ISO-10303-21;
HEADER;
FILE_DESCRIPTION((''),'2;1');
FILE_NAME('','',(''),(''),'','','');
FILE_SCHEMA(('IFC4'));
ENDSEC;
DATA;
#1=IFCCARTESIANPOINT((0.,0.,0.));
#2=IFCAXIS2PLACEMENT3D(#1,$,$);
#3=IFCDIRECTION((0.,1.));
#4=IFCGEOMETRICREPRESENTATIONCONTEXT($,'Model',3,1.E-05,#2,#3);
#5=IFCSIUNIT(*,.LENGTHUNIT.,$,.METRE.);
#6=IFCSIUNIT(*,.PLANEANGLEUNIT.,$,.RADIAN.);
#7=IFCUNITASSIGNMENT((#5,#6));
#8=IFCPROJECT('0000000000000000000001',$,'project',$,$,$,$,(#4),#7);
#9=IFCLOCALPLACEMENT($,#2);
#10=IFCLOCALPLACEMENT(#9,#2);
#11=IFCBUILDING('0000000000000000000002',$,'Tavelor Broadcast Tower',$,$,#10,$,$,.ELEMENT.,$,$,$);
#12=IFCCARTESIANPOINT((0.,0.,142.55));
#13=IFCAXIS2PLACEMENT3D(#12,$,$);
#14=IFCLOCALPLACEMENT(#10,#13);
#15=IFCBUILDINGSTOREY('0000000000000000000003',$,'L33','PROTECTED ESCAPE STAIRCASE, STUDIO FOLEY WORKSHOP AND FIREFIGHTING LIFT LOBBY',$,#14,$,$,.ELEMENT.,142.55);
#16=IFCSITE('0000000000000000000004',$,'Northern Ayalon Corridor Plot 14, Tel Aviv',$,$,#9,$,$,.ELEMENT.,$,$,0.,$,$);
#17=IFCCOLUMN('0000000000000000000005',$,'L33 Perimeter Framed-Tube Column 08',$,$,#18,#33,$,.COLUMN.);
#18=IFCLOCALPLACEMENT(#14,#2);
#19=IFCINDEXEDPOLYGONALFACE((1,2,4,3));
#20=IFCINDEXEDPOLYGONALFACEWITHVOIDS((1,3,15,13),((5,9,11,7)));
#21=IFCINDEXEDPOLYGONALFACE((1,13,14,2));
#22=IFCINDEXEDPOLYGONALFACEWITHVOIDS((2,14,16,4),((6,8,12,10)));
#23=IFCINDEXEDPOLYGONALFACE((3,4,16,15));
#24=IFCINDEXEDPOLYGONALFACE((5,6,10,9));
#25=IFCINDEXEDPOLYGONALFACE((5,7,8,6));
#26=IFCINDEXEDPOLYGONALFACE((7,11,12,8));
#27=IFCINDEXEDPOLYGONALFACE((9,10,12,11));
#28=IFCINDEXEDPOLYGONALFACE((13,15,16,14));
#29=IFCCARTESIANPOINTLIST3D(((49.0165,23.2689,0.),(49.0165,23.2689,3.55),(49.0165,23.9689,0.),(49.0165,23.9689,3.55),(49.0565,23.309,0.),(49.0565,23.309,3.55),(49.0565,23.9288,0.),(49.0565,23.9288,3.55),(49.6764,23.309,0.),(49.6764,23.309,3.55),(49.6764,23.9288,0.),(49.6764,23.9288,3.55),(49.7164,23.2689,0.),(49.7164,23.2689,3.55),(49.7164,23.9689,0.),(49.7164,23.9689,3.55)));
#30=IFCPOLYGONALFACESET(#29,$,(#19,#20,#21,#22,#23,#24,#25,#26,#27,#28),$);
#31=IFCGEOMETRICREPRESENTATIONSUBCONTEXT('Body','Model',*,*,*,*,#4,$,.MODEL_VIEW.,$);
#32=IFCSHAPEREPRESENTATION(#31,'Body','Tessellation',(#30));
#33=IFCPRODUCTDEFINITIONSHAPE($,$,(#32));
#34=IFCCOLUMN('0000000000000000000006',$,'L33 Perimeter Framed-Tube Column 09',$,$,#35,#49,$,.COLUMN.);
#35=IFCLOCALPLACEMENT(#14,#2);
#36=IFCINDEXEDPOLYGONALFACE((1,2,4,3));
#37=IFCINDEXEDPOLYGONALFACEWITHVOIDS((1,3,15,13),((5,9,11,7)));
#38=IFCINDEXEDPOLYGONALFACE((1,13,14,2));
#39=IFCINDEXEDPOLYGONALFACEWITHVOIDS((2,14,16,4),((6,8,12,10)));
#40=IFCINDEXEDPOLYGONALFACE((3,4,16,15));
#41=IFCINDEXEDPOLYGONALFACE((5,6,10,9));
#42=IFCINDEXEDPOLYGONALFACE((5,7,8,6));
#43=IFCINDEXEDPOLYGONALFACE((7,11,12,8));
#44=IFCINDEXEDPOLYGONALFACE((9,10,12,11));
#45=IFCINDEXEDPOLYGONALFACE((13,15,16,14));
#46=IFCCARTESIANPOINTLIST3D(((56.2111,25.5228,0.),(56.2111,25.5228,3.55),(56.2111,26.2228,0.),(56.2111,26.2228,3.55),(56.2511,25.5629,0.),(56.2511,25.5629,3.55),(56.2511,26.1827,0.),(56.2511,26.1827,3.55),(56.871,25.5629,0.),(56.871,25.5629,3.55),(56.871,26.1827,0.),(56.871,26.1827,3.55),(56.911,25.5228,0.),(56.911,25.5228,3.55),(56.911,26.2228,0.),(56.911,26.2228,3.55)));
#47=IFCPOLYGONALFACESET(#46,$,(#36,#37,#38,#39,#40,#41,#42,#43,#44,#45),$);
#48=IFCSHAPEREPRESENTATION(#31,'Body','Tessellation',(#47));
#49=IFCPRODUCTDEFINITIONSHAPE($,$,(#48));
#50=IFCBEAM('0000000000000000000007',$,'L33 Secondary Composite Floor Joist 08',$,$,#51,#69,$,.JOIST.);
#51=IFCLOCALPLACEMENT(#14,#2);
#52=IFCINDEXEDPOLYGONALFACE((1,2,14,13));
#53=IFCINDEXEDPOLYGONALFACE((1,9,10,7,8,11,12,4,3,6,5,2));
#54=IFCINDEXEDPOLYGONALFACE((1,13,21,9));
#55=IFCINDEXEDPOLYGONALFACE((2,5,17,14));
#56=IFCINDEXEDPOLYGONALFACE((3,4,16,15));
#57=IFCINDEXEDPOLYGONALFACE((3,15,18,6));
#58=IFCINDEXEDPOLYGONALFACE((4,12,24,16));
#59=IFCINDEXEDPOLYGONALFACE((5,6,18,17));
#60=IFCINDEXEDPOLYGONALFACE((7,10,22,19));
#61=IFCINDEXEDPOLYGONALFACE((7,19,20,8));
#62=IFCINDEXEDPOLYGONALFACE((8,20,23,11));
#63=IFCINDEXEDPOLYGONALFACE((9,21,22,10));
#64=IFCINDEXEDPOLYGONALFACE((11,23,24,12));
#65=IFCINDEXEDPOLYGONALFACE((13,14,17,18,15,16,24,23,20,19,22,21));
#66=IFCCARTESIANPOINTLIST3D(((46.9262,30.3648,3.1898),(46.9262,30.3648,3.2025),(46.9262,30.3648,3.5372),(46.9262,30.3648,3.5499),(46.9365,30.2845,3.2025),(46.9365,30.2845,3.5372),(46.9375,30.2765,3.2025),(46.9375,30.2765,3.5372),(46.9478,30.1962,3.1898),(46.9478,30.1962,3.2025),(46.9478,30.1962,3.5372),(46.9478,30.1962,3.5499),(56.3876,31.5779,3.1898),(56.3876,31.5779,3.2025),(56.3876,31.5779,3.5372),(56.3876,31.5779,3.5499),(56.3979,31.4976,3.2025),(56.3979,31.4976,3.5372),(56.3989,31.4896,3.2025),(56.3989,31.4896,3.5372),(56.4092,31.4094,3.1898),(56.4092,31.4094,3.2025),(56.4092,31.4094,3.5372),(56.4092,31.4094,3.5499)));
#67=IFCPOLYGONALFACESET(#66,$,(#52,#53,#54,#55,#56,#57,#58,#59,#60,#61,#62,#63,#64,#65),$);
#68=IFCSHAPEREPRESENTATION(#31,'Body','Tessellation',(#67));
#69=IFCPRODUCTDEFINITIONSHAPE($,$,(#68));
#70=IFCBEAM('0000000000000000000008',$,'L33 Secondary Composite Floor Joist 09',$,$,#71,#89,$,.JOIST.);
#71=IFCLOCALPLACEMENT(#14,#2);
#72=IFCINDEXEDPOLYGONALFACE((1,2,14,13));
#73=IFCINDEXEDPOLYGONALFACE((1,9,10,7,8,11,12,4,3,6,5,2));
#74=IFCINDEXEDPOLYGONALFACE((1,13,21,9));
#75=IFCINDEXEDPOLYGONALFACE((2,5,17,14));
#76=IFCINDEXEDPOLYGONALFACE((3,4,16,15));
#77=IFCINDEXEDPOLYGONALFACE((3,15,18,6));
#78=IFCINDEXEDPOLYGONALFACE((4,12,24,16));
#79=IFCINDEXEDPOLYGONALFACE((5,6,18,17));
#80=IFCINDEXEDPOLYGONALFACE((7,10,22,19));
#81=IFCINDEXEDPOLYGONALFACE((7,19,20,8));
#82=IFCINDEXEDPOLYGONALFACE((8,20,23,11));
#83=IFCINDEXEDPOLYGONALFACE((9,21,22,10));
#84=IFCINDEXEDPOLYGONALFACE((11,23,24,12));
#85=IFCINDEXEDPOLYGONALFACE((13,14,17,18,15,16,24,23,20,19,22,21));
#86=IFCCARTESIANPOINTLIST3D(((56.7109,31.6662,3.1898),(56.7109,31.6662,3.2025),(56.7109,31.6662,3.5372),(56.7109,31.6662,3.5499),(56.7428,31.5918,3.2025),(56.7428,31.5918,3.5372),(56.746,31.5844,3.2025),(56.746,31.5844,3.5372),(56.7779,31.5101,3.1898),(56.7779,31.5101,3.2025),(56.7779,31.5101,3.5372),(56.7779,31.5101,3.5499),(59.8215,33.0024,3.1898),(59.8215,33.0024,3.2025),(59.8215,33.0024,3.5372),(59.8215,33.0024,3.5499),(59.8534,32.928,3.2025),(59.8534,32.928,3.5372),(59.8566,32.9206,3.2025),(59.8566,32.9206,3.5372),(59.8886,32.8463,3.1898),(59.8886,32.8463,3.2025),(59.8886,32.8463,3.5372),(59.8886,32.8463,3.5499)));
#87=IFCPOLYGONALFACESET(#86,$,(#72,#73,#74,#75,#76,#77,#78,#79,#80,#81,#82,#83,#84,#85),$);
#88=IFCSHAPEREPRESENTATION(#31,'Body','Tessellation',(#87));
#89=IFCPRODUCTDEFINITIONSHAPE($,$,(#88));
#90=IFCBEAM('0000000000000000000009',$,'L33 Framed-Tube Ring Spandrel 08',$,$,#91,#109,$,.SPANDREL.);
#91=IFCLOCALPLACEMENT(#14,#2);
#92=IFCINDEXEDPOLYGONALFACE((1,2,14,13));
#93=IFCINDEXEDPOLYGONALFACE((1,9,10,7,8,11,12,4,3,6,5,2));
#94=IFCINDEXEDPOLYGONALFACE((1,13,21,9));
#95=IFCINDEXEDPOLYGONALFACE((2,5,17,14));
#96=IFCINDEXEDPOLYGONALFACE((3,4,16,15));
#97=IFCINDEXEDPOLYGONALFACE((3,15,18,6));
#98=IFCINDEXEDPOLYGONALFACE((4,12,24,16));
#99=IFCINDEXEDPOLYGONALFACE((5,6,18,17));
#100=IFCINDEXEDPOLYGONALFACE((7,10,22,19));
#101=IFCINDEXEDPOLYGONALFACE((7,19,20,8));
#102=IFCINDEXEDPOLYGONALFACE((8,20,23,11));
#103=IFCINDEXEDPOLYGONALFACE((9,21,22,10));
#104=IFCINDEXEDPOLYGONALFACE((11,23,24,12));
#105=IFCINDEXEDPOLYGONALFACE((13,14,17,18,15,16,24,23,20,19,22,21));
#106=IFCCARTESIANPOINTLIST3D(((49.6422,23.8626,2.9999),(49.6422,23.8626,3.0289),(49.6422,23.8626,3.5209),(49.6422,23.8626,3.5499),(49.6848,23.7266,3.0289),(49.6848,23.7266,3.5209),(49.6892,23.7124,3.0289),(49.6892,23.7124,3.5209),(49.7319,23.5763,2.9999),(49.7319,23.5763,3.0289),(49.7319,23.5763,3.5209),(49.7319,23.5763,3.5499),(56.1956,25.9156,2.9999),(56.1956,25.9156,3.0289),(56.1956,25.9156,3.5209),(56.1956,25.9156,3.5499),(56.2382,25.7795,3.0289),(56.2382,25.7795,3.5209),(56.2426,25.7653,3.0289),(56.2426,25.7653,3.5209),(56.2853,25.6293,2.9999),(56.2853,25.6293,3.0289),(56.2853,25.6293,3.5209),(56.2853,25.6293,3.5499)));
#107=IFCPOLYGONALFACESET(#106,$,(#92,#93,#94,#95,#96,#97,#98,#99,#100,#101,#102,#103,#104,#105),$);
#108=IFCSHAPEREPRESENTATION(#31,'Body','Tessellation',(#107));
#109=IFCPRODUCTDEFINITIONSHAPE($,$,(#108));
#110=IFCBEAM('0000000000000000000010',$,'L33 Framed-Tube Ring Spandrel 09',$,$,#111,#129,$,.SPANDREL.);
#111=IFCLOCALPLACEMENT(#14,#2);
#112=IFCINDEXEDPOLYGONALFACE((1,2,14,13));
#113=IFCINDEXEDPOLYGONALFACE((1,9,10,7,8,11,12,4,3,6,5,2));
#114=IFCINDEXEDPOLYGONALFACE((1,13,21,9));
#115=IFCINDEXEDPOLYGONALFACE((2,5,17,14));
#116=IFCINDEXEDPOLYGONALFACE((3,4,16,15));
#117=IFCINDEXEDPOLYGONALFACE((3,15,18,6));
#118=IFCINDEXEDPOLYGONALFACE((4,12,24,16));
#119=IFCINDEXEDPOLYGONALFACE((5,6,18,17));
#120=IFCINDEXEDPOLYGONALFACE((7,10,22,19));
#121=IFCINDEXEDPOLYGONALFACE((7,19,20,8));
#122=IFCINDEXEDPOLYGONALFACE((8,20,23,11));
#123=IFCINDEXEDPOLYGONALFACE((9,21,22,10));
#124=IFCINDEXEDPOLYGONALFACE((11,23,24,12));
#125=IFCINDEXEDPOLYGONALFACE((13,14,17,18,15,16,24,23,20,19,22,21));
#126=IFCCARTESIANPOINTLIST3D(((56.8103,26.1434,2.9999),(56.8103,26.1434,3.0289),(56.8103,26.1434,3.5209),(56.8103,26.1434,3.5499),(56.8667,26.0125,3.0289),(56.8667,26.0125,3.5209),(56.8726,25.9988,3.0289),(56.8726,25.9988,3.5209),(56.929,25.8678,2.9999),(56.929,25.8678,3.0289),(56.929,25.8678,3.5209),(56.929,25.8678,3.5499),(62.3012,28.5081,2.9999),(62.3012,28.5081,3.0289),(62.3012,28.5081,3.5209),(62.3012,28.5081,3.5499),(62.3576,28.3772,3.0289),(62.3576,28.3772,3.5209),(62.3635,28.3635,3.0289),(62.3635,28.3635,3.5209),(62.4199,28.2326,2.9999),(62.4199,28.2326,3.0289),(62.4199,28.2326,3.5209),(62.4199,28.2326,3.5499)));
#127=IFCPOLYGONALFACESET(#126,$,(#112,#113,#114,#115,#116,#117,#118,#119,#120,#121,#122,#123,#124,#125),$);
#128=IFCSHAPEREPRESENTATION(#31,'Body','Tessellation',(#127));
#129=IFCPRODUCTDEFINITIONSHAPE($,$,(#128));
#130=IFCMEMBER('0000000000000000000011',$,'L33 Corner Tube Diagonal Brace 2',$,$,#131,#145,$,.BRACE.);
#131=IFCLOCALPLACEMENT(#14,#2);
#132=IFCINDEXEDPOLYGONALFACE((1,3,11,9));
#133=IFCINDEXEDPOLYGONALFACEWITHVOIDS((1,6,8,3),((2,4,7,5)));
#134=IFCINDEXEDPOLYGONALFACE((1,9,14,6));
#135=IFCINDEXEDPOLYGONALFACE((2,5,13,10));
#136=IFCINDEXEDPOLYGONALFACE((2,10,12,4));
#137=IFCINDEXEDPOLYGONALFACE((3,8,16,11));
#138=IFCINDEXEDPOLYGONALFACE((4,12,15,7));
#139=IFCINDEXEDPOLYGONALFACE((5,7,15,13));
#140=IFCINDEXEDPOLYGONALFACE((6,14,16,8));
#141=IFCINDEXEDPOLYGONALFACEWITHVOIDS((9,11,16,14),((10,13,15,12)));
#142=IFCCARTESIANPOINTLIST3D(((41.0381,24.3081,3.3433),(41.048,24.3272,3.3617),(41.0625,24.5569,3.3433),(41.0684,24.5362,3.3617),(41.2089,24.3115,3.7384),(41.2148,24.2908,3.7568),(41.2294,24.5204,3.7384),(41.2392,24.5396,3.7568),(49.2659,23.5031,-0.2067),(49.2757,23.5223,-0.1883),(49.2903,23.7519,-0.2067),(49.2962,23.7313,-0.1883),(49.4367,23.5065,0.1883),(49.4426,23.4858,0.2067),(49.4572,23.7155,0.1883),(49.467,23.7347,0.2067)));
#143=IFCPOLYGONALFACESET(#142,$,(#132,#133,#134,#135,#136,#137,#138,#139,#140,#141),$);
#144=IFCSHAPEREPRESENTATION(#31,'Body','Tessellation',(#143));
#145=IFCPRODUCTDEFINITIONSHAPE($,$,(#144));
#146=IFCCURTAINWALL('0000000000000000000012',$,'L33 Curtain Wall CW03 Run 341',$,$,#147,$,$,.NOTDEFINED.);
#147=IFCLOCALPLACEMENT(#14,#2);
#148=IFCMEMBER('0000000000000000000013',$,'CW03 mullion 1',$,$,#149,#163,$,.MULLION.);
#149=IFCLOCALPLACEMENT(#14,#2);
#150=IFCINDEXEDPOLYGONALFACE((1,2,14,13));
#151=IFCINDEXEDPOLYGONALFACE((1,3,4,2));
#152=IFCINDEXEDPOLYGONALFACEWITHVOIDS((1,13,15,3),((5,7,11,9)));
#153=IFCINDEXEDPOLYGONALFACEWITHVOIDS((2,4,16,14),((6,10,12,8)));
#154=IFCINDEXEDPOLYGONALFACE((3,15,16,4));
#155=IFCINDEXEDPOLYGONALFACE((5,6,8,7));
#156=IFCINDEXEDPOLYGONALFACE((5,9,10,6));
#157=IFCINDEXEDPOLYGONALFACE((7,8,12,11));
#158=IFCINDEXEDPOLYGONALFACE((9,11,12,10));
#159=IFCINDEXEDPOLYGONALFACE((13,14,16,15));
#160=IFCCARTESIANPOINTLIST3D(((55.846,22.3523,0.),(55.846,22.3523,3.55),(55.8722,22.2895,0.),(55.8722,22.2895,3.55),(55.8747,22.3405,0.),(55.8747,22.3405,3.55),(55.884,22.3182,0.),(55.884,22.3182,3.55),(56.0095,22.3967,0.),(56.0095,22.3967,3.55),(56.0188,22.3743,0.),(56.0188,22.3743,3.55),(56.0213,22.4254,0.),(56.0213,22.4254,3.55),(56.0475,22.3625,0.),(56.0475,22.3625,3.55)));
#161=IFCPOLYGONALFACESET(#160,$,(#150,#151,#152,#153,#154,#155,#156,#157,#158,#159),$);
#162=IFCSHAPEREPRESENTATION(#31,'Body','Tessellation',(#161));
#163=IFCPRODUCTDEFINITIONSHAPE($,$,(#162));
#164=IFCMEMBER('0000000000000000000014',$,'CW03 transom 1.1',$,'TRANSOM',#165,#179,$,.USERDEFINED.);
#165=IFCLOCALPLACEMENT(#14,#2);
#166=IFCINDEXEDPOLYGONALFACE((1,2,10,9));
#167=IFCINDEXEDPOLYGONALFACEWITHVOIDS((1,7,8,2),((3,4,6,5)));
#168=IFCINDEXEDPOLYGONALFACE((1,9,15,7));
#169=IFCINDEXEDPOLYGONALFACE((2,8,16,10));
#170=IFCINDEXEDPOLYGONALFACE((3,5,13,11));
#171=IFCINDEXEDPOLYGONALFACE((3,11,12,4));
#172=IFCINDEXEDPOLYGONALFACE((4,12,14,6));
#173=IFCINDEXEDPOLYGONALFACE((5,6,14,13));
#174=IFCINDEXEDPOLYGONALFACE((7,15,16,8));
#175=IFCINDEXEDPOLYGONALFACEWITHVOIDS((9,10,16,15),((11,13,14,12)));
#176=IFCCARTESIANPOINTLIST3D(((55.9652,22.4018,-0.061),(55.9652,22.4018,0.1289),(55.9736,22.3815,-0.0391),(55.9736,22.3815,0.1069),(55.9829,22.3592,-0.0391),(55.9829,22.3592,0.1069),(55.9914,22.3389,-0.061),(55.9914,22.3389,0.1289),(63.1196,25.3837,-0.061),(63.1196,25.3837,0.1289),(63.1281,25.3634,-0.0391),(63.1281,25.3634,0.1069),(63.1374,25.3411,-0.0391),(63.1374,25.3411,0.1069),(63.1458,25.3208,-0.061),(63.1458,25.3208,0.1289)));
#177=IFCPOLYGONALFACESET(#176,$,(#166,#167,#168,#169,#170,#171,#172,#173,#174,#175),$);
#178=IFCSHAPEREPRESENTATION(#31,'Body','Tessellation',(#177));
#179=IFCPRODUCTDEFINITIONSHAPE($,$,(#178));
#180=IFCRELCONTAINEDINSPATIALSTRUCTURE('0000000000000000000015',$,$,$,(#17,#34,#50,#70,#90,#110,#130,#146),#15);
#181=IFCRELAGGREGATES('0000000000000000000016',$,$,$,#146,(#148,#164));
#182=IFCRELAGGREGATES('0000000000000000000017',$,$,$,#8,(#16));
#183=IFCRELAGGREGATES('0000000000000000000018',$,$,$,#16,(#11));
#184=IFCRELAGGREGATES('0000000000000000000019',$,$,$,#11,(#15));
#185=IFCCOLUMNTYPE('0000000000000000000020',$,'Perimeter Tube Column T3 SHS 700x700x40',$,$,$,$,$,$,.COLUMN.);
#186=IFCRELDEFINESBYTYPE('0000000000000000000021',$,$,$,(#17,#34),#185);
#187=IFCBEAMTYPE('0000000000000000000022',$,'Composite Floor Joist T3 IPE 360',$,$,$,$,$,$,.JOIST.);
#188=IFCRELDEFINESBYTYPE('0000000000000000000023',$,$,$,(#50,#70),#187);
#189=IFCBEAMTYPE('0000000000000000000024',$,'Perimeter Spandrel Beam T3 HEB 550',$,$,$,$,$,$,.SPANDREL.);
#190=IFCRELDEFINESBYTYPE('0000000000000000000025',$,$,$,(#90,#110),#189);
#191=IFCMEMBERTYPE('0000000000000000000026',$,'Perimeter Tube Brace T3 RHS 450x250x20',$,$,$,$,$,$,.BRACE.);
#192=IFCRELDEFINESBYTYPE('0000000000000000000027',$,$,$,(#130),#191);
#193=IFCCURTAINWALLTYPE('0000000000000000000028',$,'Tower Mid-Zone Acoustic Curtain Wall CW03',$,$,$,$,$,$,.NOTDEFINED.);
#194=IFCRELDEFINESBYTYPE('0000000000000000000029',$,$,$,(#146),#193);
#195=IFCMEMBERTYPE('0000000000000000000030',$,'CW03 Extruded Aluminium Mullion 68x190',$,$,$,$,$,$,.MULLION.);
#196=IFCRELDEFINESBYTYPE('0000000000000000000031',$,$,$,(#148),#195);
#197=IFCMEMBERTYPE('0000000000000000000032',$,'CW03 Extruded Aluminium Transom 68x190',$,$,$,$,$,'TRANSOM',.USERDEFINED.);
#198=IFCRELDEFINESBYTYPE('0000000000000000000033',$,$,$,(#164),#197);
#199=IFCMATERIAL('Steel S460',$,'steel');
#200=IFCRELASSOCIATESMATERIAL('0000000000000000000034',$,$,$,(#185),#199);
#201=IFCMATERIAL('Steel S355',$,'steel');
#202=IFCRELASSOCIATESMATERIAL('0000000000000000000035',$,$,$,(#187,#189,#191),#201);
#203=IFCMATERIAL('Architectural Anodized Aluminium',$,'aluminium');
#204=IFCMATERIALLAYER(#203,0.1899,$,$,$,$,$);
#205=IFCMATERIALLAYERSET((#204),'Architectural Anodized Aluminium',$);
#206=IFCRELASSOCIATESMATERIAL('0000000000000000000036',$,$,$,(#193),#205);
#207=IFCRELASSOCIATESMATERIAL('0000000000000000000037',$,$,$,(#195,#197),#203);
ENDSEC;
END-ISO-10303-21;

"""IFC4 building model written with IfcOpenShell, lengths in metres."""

from ifc_helpers import new_model, si_unit, direction, frame, origin, origin_2d, place, context, subcontext, project, spatial, hollow_rectangle, i_section, extrude, source, transform, mapped, material, layer, layer_set, material_profile, profile_set, type_object, type_shapes, element, aggregate, save


model = new_model("IFC4")

# Units and contexts
model_context = context("Model", 3, precision=1e-05, world=origin(), true_north=direction((0.0, 1.0)))
body_context = subcontext(model_context, "Body", "Model", "MODEL_VIEW")
ifc_project = project(units=[si_unit("LENGTHUNIT", "METRE"), si_unit("PLANEANGLEUNIT", "RADIAN")], contexts=[model_context])

# Site, building, storey
site_placement = place(None, origin())
site = spatial("IfcSite", under=ifc_project, at=site_placement, Name="Northern Ayalon Corridor Plot 14, Tel Aviv", CompositionType="ELEMENT", RefElevation=0.0)
building_placement = place(site_placement, origin())
building = spatial("IfcBuilding", under=site, at=building_placement, Name="Tavelor Broadcast Tower", CompositionType="ELEMENT")
storey_placement = place(building_placement, frame((0.0, 0.0, 142.55)))
storey = spatial("IfcBuildingStorey", under=building, at=storey_placement, Name="L33", Description="PROTECTED ESCAPE STAIRCASE, STUDIO FOLEY WORKSHOP AND FIREFIGHTING LIFT LOBBY", CompositionType="ELEMENT", Elevation=142.55)

# Columns
ifc_material_1 = material(Name="Steel S460", Category="steel")
ifc_material_profile_1 = material_profile(ifc_material_1, hollow_rectangle(XDim=0.7, YDim=0.7, WallThickness=0.04, at=origin_2d()), Name="SHS 700x700x40")
ifc_profile_set_1 = profile_set([ifc_material_profile_1], Name="Steel S460")
column_type = type_object("IfcColumnType", Name="Perimeter Tube Column T3 SHS 700x700x40", PredefinedType="COLUMN", material=ifc_profile_set_1)
for number, where, z_axis, x_axis, name in (
    (1, (49.3665, 23.6189, 0.0), (0.0, 0.0, 1.0), (1.0, 0.0, 0.0), "L33 Perimeter Framed-Tube Column 08"),
    (2, (56.561, 25.8728, 0.0), (0.0, 0.0, 1.0), (1.0, 0.0, 0.0), "L33 Perimeter Framed-Tube Column 09"),
):
    element("IfcColumn", number, at=place(storey_placement, frame(where, z_axis=z_axis, x_axis=x_axis)), inside=storey, type_object=column_type, Name=name, PredefinedType="COLUMN", context=body_context, shape_type="SweptSolid", body=[
        extrude(hollow_rectangle(XDim=0.7, YDim=0.7, WallThickness=0.04, at=origin_2d()), origin(), (0.0, 0.0, 1.0), 3.55),
    ])

# Beams
ifc_material_2 = material(Name="Steel S355", Category="steel")
ifc_material_profile_2 = material_profile(ifc_material_2, i_section(OverallWidth=0.1699, OverallDepth=0.3601, WebThickness=0.0081, FlangeThickness=0.0127, at=origin_2d()), Name="IPE 360")
ifc_profile_set_2 = profile_set([ifc_material_profile_2], Name="Steel S355")
beam_type_1 = type_object("IfcBeamType", Name="Composite Floor Joist T3 IPE 360", PredefinedType="JOIST", material=ifc_profile_set_2)
beam_1_placement = place(storey_placement, frame((46.937, 30.2805, 3.3699), z_axis=(0.99188, 0.127178, 0.0), x_axis=(-0.127178, 0.99188, 0.0)))
element("IfcBeam", 3, at=beam_1_placement, inside=storey, type_object=beam_type_1, Name="L33 Secondary Composite Floor Joist 08", PredefinedType="JOIST", context=body_context, shape_type="SweptSolid", body=[
    extrude(i_section(OverallWidth=0.1699, OverallDepth=0.3601, WebThickness=0.0081, FlangeThickness=0.0127, at=origin_2d()), origin(), (0.0, 0.0, 1.0), 9.5388),
])
beam_2_placement = place(storey_placement, frame((56.7444, 31.5881, 3.3699), z_axis=(0.918816, 0.394685, 0.0), x_axis=(-0.394685, 0.918816, 0.0)))
element("IfcBeam", 4, at=beam_2_placement, inside=storey, type_object=beam_type_1, Name="L33 Secondary Composite Floor Joist 09", PredefinedType="JOIST", context=body_context, shape_type="SweptSolid", body=[
    extrude(i_section(OverallWidth=0.1699, OverallDepth=0.3601, WebThickness=0.0081, FlangeThickness=0.0127, at=origin_2d()), origin(), (0.0, 0.0, 1.0), 3.3855),
])
ifc_material_profile_3 = material_profile(ifc_material_2, i_section(OverallWidth=0.3, OverallDepth=0.55, WebThickness=0.0149, FlangeThickness=0.0291, at=origin_2d()), Name="HEB 550")
ifc_profile_set_3 = profile_set([ifc_material_profile_3], Name="Steel S355")
beam_type_2 = type_object("IfcBeamType", Name="Perimeter Spandrel Beam T3 HEB 550", PredefinedType="SPANDREL", material=ifc_profile_set_3)
beam_3_placement = place(storey_placement, frame((49.687, 23.7195, 3.2749), z_axis=(0.954272, 0.298941, 0.0), x_axis=(-0.298941, 0.954272, 0.0)))
element("IfcBeam", 5, at=beam_3_placement, inside=storey, type_object=beam_type_2, Name="L33 Framed-Tube Ring Spandrel 08", PredefinedType="SPANDREL", context=body_context, shape_type="SweptSolid", body=[
    extrude(i_section(OverallWidth=0.3, OverallDepth=0.55, WebThickness=0.0149, FlangeThickness=0.0291, at=origin_2d()), origin(), (0.0, 0.0, 1.0), 6.8674),
])
beam_4_placement = place(storey_placement, frame((56.8696, 26.0056, 3.2749), z_axis=(0.918449, 0.39554, 0.0), x_axis=(-0.39554, 0.918449, 0.0)))
element("IfcBeam", 6, at=beam_4_placement, inside=storey, type_object=beam_type_2, Name="L33 Framed-Tube Ring Spandrel 09", PredefinedType="SPANDREL", context=body_context, shape_type="SweptSolid", body=[
    extrude(i_section(OverallWidth=0.3, OverallDepth=0.55, WebThickness=0.0149, FlangeThickness=0.0291, at=origin_2d()), origin(), (0.0, 0.0, 1.0), 5.9785),
])

# Member
ifc_material_profile_4 = material_profile(ifc_material_2, hollow_rectangle(XDim=0.25, YDim=0.45, WallThickness=0.02, at=origin_2d()), Name="RHS 450x250x20")
ifc_profile_set_4 = profile_set([ifc_material_profile_4], Name="Steel S355")
member_type_1 = type_object("IfcMemberType", Name="Perimeter Tube Brace T3 RHS 450x250x20", PredefinedType="BRACE", material=ifc_profile_set_4)
member_1_placement = place(storey_placement, frame((49.3665, 23.6189, 0.0), z_axis=(-0.914496, 0.089466, 0.394579), x_axis=(-0.097366, -0.995249, 0.0)))
element("IfcMember", 7, at=member_1_placement, inside=storey, type_object=member_type_1, Name="L33 Corner Tube Diagonal Brace 2", PredefinedType="BRACE", context=body_context, shape_type="SweptSolid", body=[
    extrude(hollow_rectangle(XDim=0.25, YDim=0.45, WallThickness=0.02, at=origin_2d()), origin(), (0.0, 0.0, 1.0), 8.9971),
])

# Curtain wall, members
ifc_material_3 = material(Name="Architectural Anodized Aluminium", Category="aluminium")
ifc_layer_1 = layer(ifc_material_3, 0.1899)
ifc_layer_set_1 = layer_set([ifc_layer_1], Name="Architectural Anodized Aluminium")
curtain_wall_type = type_object("IfcCurtainWallType", Name="Tower Mid-Zone Acoustic Curtain Wall CW03", PredefinedType="NOTDEFINED", material=ifc_layer_set_1)
curtain_wall_placement = place(storey_placement, origin())
curtain_wall = element("IfcCurtainWall", 8, at=curtain_wall_placement, inside=storey, type_object=curtain_wall_type, Name="L33 Curtain Wall CW03 Run 341", PredefinedType="NOTDEFINED")
ifc_material_profile_5 = material_profile(ifc_material_3, hollow_rectangle(XDim=0.0681, YDim=0.1899, WallThickness=0.022, at=origin_2d()), Name="RHS 68x190x22")
ifc_profile_set_5 = profile_set([ifc_material_profile_5], Name="Architectural Anodized Aluminium")
member_type_2 = type_object("IfcMemberType", Name="CW03 Extruded Aluminium Mullion 68x190", PredefinedType="MULLION", material=ifc_profile_set_5)
shared_shape_1 = source(origin(), body_context, "Body", "SweptSolid", [
    extrude(hollow_rectangle(XDim=0.0681, YDim=0.1899, WallThickness=0.022, at=origin_2d()), origin(), (0.0, 0.0, 1.0), 3.55),
])
type_shapes(member_type_2, [shared_shape_1])
member_2_placement = place(storey_placement, frame((55.9468, 22.3574, 0.0), z_axis=(0.0, 0.0, 1.0), x_axis=(-0.3847, 0.923042, 0.0)))
member_2 = element("IfcMember", 9, at=member_2_placement, type_object=member_type_2, Name="CW03 mullion 1", PredefinedType="MULLION", context=body_context, shape_type="MappedRepresentation", body=[
    mapped(shared_shape_1, transform((0.0, 0.0, 0.0), scale=1.0)),
])
ifc_material_profile_6 = material_profile(ifc_material_3, hollow_rectangle(XDim=0.0681, YDim=0.1899, WallThickness=0.022, at=origin_2d()), Name="RHS 68x190x22")
ifc_profile_set_6 = profile_set([ifc_material_profile_6], Name="Architectural Anodized Aluminium")
member_type_3 = type_object("IfcMemberType", Name="CW03 Extruded Aluminium Transom 68x190", ElementType="TRANSOM", PredefinedType="USERDEFINED", material=ifc_profile_set_6)
shared_shape_2 = source(origin(), body_context, "Body", "SweptSolid", [
    extrude(hollow_rectangle(XDim=0.0681, YDim=0.1899, WallThickness=0.022, at=origin_2d()), origin(), (0.0, 0.0, 1.0), 7.751),
])
type_shapes(member_type_3, [shared_shape_2])
member_3_placement = place(storey_placement, frame((55.9783, 22.3704, 0.0339), z_axis=(0.923037, 0.384712, 0.0), x_axis=(-0.384712, 0.923037, 0.0)))
member_3 = element("IfcMember", 10, at=member_3_placement, type_object=member_type_3, Name="CW03 transom 1.1", ObjectType="TRANSOM", PredefinedType="USERDEFINED", context=body_context, shape_type="MappedRepresentation", body=[
    mapped(shared_shape_2, transform((0.0, 0.0, 0.0), scale=1.0)),
])

aggregate(curtain_wall, [member_2, member_3])

save(model, "model.ifc")
